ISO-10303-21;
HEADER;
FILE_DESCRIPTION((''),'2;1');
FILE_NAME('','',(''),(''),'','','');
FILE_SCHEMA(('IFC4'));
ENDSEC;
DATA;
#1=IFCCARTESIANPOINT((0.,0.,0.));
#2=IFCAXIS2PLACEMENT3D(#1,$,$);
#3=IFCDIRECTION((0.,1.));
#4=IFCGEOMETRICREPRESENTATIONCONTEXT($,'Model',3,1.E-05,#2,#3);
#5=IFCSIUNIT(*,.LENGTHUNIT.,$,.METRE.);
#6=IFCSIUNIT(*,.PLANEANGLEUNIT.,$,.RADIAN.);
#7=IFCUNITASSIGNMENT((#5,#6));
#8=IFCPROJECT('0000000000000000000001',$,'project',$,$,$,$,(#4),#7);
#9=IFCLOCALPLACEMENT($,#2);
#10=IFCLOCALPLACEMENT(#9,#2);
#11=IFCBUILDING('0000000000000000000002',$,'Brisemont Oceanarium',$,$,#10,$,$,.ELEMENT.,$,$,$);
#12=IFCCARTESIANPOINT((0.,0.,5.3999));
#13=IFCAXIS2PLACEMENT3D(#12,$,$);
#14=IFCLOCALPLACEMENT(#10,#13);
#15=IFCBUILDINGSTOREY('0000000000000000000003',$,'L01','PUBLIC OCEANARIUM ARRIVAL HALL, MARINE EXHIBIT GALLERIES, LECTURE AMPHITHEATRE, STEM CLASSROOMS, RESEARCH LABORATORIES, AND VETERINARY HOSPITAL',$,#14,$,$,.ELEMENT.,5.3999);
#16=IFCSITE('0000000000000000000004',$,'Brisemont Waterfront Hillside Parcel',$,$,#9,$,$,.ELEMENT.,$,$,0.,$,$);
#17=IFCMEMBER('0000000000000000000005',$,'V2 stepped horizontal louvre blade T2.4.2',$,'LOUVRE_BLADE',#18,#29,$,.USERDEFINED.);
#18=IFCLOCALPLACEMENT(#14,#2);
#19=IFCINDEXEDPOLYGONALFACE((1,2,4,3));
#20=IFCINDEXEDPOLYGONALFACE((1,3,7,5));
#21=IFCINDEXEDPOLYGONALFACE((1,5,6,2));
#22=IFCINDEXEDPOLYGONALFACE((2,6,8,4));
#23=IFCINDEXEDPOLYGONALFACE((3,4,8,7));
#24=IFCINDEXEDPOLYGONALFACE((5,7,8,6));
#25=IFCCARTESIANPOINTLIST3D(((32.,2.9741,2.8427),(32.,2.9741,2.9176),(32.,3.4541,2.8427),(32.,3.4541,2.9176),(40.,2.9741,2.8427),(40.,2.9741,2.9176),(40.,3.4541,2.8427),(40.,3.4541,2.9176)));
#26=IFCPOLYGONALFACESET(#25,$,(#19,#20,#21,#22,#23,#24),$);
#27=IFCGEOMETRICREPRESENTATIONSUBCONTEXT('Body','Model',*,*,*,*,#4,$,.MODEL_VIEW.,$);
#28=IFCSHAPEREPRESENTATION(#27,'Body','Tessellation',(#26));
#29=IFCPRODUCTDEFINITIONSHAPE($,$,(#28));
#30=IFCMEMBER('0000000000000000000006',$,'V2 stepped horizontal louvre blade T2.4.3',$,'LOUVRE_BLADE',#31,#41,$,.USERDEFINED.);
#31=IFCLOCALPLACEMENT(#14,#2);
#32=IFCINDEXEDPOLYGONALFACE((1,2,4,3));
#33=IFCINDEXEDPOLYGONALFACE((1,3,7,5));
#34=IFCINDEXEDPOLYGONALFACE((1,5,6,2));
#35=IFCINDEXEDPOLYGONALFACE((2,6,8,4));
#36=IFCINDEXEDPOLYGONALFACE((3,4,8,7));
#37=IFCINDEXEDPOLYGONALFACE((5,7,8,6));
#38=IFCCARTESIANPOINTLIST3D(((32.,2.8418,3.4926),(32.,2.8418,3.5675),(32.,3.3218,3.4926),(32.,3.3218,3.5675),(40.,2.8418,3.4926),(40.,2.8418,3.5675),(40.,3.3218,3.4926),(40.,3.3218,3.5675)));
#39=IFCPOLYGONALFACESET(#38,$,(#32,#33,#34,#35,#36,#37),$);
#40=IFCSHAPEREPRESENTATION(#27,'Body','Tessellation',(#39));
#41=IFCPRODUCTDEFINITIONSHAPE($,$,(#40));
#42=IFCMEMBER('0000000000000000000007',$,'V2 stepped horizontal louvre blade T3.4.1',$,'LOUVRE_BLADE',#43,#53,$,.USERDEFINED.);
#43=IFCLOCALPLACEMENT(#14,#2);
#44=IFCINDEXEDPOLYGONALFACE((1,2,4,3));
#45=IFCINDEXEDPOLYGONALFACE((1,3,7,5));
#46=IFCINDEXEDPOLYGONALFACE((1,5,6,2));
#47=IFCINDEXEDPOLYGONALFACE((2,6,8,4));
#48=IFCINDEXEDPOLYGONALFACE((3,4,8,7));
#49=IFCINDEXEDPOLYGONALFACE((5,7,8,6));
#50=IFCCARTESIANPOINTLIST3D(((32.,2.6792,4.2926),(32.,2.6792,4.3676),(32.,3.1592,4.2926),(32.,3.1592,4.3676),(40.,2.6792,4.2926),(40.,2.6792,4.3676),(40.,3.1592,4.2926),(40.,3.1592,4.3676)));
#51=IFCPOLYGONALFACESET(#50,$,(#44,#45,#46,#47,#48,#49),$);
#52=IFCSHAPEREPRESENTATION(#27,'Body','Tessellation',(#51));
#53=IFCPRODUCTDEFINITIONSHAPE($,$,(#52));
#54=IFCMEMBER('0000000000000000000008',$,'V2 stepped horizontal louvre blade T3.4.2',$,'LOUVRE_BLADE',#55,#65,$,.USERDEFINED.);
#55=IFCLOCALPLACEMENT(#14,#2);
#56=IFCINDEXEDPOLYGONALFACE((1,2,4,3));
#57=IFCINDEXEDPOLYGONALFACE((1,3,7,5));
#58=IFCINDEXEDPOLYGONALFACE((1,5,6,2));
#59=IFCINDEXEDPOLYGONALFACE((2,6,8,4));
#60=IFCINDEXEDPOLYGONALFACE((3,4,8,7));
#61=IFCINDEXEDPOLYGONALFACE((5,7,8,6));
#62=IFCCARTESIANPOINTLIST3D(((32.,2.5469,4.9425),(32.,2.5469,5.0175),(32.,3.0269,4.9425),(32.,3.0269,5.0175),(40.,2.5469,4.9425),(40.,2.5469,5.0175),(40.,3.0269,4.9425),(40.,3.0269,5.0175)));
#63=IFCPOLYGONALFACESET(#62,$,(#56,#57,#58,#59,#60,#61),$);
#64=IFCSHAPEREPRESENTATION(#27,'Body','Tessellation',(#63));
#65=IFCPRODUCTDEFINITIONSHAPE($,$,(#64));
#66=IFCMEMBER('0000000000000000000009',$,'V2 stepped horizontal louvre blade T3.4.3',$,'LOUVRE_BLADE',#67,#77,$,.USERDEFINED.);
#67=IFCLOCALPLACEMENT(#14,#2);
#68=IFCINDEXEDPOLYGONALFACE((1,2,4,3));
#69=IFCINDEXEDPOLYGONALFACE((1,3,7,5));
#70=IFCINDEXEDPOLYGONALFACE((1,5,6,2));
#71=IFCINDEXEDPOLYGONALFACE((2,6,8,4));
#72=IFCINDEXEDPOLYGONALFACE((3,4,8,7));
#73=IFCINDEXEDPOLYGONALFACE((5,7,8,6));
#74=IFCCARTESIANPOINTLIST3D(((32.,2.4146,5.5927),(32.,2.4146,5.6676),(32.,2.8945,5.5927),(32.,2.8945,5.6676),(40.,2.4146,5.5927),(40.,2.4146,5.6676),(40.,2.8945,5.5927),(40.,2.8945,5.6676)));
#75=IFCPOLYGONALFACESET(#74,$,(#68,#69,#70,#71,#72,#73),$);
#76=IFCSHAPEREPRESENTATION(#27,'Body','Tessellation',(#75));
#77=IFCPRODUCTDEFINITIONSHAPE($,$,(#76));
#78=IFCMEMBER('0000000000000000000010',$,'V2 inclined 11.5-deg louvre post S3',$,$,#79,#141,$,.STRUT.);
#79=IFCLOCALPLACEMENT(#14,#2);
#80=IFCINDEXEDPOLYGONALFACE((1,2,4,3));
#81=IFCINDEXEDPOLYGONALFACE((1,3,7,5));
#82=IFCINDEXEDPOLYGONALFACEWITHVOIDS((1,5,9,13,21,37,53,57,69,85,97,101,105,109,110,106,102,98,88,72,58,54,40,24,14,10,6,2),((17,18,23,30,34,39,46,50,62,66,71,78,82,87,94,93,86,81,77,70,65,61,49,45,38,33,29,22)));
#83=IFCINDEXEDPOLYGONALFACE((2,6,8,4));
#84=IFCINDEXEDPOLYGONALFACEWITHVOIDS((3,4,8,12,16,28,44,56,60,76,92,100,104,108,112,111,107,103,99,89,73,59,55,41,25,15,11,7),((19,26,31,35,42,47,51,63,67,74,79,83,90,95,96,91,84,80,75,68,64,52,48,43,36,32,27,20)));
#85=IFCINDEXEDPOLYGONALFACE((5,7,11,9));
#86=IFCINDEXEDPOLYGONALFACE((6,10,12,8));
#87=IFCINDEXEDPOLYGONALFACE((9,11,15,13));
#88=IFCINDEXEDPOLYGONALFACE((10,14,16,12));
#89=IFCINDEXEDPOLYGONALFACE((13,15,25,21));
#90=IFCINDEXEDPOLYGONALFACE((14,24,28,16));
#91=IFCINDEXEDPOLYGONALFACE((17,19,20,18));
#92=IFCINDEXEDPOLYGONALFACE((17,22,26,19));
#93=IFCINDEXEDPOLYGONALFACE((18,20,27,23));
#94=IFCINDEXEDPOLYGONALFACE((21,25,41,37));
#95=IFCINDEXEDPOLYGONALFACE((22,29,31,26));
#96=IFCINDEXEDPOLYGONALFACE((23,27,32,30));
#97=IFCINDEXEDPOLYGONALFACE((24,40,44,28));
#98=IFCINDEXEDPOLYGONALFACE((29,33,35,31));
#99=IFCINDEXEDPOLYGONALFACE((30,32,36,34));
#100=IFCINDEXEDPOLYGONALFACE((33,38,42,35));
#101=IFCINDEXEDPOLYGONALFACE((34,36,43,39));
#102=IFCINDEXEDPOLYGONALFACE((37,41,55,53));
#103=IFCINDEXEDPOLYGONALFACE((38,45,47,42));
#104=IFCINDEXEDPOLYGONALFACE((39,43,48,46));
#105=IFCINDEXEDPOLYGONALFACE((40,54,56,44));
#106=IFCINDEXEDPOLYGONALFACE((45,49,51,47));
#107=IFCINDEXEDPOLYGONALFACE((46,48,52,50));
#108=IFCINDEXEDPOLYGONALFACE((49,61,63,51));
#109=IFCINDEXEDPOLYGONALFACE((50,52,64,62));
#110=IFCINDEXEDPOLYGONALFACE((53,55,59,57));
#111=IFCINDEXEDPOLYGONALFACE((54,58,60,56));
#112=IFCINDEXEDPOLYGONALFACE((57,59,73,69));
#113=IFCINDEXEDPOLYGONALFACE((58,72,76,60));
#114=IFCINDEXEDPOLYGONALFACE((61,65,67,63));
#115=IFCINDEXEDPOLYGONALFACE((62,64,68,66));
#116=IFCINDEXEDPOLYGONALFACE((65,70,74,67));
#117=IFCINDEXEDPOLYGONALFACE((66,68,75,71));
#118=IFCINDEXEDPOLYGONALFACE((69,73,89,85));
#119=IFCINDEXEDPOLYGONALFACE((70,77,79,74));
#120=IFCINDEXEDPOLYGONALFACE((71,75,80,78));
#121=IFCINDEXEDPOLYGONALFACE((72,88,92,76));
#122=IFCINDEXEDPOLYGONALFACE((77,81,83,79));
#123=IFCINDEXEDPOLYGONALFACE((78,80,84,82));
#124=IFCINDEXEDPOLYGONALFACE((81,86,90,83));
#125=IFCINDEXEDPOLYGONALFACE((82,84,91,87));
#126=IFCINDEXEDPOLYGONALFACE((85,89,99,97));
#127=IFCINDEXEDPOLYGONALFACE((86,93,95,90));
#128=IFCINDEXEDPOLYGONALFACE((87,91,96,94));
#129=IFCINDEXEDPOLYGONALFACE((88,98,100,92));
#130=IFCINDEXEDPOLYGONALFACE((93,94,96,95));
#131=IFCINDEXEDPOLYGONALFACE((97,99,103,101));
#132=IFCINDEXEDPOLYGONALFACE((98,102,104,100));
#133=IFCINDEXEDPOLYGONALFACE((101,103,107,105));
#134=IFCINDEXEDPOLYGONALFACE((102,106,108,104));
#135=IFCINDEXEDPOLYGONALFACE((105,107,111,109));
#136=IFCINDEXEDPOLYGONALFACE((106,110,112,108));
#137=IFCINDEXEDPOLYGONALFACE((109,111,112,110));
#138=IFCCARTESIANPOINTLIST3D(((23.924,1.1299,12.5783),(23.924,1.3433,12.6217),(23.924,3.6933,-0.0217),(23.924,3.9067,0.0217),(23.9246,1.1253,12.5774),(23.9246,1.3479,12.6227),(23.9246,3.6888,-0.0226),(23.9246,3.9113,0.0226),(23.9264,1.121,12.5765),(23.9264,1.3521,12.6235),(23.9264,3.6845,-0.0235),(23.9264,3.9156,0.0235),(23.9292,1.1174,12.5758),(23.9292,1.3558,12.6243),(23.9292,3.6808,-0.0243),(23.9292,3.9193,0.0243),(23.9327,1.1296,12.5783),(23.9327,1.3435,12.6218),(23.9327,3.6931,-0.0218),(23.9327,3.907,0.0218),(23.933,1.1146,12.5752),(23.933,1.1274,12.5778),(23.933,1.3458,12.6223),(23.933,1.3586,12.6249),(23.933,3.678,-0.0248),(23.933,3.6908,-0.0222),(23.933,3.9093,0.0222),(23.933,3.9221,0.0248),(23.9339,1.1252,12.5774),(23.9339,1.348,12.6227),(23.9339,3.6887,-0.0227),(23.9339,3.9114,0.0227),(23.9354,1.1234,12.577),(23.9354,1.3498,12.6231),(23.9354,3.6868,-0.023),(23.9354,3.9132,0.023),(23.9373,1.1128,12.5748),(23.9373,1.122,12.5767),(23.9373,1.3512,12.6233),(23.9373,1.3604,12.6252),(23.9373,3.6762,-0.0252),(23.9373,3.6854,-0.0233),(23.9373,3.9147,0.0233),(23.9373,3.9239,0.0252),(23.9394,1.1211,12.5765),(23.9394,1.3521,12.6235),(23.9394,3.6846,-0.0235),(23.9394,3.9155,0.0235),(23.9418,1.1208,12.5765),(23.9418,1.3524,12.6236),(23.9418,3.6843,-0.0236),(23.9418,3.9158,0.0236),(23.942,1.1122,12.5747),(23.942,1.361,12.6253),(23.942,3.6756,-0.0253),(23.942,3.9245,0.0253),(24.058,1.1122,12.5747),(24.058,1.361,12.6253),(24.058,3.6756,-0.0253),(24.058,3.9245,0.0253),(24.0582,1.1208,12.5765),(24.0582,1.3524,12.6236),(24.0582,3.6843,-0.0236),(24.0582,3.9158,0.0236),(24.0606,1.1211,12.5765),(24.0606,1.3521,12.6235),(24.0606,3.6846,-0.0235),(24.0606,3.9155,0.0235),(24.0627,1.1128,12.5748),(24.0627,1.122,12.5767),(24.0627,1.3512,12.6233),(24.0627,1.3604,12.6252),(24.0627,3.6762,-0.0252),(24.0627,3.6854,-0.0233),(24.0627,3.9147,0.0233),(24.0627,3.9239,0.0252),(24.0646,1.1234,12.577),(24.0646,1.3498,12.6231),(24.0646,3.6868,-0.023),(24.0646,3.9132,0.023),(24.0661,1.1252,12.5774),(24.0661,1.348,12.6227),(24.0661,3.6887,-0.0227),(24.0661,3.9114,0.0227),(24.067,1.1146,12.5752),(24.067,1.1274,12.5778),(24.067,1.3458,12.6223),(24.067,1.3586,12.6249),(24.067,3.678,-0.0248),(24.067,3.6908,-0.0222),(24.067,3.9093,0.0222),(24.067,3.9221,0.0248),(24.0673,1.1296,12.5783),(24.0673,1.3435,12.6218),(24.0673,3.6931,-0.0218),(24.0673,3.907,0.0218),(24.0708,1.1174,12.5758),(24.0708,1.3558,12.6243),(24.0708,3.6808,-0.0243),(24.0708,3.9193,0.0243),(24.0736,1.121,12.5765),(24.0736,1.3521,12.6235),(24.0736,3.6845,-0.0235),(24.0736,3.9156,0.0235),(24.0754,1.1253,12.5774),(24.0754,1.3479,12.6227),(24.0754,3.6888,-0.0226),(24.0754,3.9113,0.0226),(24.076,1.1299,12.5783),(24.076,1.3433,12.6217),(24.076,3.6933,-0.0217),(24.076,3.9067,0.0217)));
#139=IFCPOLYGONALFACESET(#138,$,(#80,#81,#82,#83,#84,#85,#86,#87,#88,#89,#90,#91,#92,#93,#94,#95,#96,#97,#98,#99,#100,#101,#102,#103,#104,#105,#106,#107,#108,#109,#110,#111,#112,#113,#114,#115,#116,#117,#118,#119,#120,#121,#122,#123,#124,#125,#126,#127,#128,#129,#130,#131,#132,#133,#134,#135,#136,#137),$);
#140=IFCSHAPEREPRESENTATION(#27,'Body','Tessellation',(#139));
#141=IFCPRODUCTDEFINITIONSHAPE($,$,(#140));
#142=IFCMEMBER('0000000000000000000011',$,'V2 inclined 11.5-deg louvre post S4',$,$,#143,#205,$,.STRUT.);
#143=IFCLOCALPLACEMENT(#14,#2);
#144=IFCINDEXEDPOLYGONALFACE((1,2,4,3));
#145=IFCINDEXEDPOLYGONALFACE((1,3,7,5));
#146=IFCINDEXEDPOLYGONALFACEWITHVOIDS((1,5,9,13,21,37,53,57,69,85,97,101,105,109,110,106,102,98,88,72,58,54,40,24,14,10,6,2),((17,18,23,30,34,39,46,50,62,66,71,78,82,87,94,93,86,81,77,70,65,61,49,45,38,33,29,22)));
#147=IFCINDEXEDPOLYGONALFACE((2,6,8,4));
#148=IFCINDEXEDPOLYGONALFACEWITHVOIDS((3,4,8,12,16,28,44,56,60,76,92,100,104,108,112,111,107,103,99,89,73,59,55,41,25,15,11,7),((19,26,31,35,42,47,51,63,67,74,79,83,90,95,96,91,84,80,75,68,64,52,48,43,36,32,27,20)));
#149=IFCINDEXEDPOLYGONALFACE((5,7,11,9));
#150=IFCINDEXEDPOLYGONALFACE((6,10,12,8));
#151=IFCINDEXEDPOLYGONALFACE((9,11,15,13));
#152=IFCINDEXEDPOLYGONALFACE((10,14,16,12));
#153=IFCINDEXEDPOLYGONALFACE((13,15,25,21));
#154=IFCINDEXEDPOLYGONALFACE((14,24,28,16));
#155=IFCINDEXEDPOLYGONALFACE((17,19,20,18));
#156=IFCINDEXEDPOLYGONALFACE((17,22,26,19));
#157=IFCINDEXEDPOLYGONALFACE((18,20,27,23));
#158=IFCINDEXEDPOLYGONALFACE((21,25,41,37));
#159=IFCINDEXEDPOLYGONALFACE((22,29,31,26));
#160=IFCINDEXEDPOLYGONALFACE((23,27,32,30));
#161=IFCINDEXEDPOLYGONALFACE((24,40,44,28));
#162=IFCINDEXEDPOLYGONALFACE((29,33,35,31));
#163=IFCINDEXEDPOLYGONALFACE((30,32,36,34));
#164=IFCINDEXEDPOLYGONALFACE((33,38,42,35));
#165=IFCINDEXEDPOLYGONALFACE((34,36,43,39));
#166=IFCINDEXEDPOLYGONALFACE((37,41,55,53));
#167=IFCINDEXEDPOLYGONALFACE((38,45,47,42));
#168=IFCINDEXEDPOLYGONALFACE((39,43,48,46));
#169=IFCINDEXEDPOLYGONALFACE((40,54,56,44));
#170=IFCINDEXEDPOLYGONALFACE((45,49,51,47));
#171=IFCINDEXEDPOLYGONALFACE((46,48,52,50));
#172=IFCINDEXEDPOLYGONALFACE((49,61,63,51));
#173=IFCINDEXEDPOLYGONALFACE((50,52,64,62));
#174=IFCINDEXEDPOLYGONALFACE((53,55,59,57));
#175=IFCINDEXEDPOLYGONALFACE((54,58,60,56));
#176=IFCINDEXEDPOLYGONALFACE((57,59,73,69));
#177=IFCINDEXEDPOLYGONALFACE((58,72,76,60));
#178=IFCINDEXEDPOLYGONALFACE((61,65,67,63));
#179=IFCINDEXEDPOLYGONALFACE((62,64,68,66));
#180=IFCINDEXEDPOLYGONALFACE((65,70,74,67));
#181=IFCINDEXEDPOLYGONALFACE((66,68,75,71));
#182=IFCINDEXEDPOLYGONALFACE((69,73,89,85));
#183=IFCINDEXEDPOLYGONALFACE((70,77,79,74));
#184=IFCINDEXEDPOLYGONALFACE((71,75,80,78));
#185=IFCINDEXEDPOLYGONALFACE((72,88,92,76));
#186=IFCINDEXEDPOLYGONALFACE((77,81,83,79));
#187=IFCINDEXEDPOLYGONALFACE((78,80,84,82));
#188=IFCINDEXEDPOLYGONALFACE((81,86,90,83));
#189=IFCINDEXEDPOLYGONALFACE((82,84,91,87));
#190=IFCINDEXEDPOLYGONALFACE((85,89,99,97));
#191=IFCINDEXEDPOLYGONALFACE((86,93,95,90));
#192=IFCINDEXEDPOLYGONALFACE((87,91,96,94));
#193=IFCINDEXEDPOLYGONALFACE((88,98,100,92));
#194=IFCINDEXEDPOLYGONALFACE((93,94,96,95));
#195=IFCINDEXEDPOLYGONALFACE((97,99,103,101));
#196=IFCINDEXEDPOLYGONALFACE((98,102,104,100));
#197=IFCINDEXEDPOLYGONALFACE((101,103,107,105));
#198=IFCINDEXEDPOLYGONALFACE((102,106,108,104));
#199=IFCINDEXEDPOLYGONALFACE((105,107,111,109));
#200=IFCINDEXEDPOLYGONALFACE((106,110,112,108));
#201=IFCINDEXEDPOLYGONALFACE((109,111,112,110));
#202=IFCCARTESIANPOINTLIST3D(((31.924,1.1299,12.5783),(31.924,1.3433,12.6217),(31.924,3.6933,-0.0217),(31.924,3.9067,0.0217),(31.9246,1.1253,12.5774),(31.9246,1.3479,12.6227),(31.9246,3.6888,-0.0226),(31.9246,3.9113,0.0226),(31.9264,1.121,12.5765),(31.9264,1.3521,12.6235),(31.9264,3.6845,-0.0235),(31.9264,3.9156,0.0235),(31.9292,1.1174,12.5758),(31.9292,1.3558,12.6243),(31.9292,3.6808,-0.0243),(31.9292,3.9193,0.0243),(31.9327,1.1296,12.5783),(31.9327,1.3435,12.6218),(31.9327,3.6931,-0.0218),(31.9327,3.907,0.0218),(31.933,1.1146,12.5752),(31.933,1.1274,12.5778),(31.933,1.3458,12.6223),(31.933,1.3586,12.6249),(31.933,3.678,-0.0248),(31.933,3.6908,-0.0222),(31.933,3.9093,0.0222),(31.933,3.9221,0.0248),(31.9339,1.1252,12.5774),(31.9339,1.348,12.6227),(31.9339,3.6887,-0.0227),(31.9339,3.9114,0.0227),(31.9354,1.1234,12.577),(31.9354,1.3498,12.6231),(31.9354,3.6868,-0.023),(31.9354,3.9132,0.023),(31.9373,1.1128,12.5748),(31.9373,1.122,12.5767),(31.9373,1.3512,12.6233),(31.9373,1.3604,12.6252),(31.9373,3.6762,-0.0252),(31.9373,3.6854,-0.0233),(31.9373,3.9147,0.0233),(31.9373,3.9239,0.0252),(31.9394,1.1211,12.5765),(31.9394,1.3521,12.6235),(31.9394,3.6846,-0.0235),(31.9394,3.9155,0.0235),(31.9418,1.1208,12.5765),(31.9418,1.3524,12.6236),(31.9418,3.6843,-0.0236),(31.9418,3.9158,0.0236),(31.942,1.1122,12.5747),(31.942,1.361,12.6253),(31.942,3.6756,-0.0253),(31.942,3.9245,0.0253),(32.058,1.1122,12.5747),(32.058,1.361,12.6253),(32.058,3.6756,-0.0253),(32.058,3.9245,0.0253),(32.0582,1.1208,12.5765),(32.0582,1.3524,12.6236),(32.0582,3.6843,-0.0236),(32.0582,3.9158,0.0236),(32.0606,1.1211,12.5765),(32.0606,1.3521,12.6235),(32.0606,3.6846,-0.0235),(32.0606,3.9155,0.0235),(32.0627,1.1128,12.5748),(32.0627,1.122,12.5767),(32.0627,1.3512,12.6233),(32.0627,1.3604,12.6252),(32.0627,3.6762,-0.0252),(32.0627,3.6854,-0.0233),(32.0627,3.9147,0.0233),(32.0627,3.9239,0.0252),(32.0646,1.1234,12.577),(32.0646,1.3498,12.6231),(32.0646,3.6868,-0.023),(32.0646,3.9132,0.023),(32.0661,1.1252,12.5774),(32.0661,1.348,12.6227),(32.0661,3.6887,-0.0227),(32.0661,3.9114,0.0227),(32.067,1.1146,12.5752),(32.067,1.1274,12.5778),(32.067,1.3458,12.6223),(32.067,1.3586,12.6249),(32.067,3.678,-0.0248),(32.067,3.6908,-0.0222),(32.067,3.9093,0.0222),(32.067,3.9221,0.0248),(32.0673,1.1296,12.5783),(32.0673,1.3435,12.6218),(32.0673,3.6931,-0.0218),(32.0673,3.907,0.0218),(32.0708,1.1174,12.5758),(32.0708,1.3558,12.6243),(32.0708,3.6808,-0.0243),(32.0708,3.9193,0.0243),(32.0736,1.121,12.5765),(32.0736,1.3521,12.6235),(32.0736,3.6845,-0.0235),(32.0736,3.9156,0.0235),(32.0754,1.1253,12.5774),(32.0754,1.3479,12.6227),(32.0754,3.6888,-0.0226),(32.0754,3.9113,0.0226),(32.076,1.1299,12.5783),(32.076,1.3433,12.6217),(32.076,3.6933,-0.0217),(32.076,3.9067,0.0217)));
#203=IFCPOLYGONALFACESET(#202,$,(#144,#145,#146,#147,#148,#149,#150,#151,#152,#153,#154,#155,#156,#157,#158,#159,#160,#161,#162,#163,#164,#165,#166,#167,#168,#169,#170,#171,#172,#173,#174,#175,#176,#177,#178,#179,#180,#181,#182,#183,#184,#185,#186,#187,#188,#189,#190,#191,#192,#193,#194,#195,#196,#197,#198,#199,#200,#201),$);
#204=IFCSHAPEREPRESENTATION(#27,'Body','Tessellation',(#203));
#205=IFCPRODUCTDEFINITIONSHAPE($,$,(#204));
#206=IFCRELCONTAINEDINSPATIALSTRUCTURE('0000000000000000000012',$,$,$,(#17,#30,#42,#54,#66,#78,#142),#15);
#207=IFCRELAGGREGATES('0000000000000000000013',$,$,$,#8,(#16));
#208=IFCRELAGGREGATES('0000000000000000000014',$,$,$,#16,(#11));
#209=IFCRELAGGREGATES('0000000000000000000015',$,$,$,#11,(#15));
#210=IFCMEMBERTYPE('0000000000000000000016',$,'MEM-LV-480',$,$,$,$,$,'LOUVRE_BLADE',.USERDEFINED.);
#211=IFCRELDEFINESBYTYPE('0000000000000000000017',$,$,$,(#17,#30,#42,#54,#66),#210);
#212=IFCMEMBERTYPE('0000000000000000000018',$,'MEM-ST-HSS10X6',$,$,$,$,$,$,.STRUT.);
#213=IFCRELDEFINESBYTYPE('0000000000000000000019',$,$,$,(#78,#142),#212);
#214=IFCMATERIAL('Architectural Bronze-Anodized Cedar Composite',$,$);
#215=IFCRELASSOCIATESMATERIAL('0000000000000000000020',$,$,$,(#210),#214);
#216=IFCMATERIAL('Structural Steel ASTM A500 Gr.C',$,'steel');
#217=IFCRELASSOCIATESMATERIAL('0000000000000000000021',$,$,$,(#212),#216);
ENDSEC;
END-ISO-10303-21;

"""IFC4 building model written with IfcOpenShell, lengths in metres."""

from ifc_helpers import new_model, si_unit, direction, frame, origin, origin_2d, place, context, subcontext, project, spatial, rectangle, hollow_rectangle, extrude, material, material_profile, profile_set, type_object, element, save


model = new_model("IFC4")

# Units and contexts
model_context = context("Model", 3, precision=1e-05, world=origin(), true_north=direction((0.0, 1.0)))
body_context = subcontext(model_context, "Body", "Model", "MODEL_VIEW")
ifc_project = project(units=[si_unit("LENGTHUNIT", "METRE"), si_unit("PLANEANGLEUNIT", "RADIAN")], contexts=[model_context])

# Site, building, storey
site_placement = place(None, origin())
site = spatial("IfcSite", under=ifc_project, at=site_placement, Name="Brisemont Waterfront Hillside Parcel", CompositionType="ELEMENT", RefElevation=0.0)
building_placement = place(site_placement, origin())
building = spatial("IfcBuilding", under=site, at=building_placement, Name="Brisemont Oceanarium", CompositionType="ELEMENT")
storey_placement = place(building_placement, frame((0.0, 0.0, 5.3999)))
storey = spatial("IfcBuildingStorey", under=building, at=storey_placement, Name="L01", Description="PUBLIC OCEANARIUM ARRIVAL HALL, MARINE EXHIBIT GALLERIES, LECTURE AMPHITHEATRE, STEM CLASSROOMS, RESEARCH LABORATORIES, AND VETERINARY HOSPITAL", CompositionType="ELEMENT", Elevation=5.3999)

# Members
ifc_material_1 = material(Name="Architectural Bronze-Anodized Cedar Composite")
ifc_material_profile_1 = material_profile(ifc_material_1, rectangle(XDim=0.48, YDim=0.075, at=origin_2d()), Name="LOUVRE-480X75")
ifc_profile_set_1 = profile_set([ifc_material_profile_1], Name="Architectural Bronze-Anodized Cedar Composite")
member_type_1 = type_object("IfcMemberType", Name="MEM-LV-480", ElementType="LOUVRE_BLADE", PredefinedType="USERDEFINED", material=ifc_profile_set_1)
for number, where, z_axis, x_axis, name in (
    (1, (32.0, 3.2141, 2.8801), (1.0, 0.0, 0.0), (0.0, 1.0, 0.0), "V2 stepped horizontal louvre blade T2.4.2"),
    (2, (32.0, 3.0818, 3.53), (1.0, 0.0, 0.0), (0.0, 1.0, 0.0), "V2 stepped horizontal louvre blade T2.4.3"),
    (3, (32.0, 2.9192, 4.3301), (1.0, 0.0, 0.0), (0.0, 1.0, 0.0), "V2 stepped horizontal louvre blade T3.4.1"),
    (4, (32.0, 2.7869, 4.98), (1.0, 0.0, 0.0), (0.0, 1.0, 0.0), "V2 stepped horizontal louvre blade T3.4.2"),
    (5, (32.0, 2.6545, 5.6301), (1.0, 0.0, 0.0), (0.0, 1.0, 0.0), "V2 stepped horizontal louvre blade T3.4.3"),
):
    element("IfcMember", number, at=place(storey_placement, frame(where, z_axis=z_axis, x_axis=x_axis)), inside=storey, type_object=member_type_1, Name=name, ObjectType="LOUVRE_BLADE", PredefinedType="USERDEFINED", context=body_context, shape_type="SweptSolid", body=[
        extrude(rectangle(XDim=0.48, YDim=0.075, at=origin_2d()), origin(), (0.0, 0.0, 1.0), 8.0),
    ])
ifc_material_2 = material(Name="Structural Steel ASTM A500 Gr.C", Category="steel")
ifc_material_profile_2 = material_profile(ifc_material_2, hollow_rectangle(XDim=0.1521, YDim=0.2539, WallThickness=0.0088, InnerFilletRadius=0.009, OuterFilletRadius=0.0181, at=origin_2d()), Name="HSS10X6X3/8")
ifc_profile_set_2 = profile_set([ifc_material_profile_2], Name="Structural Steel ASTM A500 Gr.C")
member_type_2 = type_object("IfcMemberType", Name="MEM-ST-HSS10X6", PredefinedType="STRUT", material=ifc_profile_set_2)
for number, where, z_axis, x_axis, name in (
    (6, (24.0, 3.8, 0.0), (0.0, -0.199365, 0.979925), (1.0, 0.0, 0.0), "V2 inclined 11.5-deg louvre post S3"),
    (7, (32.0, 3.8, 0.0), (0.0, -0.199365, 0.979925), (1.0, 0.0, 0.0), "V2 inclined 11.5-deg louvre post S4"),
):
    element("IfcMember", number, at=place(storey_placement, frame(where, z_axis=z_axis, x_axis=x_axis)), inside=storey, type_object=member_type_2, Name=name, PredefinedType="STRUT", context=body_context, shape_type="SweptSolid", body=[
        extrude(hollow_rectangle(XDim=0.1521, YDim=0.2539, WallThickness=0.0088, InnerFilletRadius=0.009, OuterFilletRadius=0.0181, at=origin_2d()), origin(), (0.0, 0.0, 1.0), 12.8582),
    ])

save(model, "model.ifc")
